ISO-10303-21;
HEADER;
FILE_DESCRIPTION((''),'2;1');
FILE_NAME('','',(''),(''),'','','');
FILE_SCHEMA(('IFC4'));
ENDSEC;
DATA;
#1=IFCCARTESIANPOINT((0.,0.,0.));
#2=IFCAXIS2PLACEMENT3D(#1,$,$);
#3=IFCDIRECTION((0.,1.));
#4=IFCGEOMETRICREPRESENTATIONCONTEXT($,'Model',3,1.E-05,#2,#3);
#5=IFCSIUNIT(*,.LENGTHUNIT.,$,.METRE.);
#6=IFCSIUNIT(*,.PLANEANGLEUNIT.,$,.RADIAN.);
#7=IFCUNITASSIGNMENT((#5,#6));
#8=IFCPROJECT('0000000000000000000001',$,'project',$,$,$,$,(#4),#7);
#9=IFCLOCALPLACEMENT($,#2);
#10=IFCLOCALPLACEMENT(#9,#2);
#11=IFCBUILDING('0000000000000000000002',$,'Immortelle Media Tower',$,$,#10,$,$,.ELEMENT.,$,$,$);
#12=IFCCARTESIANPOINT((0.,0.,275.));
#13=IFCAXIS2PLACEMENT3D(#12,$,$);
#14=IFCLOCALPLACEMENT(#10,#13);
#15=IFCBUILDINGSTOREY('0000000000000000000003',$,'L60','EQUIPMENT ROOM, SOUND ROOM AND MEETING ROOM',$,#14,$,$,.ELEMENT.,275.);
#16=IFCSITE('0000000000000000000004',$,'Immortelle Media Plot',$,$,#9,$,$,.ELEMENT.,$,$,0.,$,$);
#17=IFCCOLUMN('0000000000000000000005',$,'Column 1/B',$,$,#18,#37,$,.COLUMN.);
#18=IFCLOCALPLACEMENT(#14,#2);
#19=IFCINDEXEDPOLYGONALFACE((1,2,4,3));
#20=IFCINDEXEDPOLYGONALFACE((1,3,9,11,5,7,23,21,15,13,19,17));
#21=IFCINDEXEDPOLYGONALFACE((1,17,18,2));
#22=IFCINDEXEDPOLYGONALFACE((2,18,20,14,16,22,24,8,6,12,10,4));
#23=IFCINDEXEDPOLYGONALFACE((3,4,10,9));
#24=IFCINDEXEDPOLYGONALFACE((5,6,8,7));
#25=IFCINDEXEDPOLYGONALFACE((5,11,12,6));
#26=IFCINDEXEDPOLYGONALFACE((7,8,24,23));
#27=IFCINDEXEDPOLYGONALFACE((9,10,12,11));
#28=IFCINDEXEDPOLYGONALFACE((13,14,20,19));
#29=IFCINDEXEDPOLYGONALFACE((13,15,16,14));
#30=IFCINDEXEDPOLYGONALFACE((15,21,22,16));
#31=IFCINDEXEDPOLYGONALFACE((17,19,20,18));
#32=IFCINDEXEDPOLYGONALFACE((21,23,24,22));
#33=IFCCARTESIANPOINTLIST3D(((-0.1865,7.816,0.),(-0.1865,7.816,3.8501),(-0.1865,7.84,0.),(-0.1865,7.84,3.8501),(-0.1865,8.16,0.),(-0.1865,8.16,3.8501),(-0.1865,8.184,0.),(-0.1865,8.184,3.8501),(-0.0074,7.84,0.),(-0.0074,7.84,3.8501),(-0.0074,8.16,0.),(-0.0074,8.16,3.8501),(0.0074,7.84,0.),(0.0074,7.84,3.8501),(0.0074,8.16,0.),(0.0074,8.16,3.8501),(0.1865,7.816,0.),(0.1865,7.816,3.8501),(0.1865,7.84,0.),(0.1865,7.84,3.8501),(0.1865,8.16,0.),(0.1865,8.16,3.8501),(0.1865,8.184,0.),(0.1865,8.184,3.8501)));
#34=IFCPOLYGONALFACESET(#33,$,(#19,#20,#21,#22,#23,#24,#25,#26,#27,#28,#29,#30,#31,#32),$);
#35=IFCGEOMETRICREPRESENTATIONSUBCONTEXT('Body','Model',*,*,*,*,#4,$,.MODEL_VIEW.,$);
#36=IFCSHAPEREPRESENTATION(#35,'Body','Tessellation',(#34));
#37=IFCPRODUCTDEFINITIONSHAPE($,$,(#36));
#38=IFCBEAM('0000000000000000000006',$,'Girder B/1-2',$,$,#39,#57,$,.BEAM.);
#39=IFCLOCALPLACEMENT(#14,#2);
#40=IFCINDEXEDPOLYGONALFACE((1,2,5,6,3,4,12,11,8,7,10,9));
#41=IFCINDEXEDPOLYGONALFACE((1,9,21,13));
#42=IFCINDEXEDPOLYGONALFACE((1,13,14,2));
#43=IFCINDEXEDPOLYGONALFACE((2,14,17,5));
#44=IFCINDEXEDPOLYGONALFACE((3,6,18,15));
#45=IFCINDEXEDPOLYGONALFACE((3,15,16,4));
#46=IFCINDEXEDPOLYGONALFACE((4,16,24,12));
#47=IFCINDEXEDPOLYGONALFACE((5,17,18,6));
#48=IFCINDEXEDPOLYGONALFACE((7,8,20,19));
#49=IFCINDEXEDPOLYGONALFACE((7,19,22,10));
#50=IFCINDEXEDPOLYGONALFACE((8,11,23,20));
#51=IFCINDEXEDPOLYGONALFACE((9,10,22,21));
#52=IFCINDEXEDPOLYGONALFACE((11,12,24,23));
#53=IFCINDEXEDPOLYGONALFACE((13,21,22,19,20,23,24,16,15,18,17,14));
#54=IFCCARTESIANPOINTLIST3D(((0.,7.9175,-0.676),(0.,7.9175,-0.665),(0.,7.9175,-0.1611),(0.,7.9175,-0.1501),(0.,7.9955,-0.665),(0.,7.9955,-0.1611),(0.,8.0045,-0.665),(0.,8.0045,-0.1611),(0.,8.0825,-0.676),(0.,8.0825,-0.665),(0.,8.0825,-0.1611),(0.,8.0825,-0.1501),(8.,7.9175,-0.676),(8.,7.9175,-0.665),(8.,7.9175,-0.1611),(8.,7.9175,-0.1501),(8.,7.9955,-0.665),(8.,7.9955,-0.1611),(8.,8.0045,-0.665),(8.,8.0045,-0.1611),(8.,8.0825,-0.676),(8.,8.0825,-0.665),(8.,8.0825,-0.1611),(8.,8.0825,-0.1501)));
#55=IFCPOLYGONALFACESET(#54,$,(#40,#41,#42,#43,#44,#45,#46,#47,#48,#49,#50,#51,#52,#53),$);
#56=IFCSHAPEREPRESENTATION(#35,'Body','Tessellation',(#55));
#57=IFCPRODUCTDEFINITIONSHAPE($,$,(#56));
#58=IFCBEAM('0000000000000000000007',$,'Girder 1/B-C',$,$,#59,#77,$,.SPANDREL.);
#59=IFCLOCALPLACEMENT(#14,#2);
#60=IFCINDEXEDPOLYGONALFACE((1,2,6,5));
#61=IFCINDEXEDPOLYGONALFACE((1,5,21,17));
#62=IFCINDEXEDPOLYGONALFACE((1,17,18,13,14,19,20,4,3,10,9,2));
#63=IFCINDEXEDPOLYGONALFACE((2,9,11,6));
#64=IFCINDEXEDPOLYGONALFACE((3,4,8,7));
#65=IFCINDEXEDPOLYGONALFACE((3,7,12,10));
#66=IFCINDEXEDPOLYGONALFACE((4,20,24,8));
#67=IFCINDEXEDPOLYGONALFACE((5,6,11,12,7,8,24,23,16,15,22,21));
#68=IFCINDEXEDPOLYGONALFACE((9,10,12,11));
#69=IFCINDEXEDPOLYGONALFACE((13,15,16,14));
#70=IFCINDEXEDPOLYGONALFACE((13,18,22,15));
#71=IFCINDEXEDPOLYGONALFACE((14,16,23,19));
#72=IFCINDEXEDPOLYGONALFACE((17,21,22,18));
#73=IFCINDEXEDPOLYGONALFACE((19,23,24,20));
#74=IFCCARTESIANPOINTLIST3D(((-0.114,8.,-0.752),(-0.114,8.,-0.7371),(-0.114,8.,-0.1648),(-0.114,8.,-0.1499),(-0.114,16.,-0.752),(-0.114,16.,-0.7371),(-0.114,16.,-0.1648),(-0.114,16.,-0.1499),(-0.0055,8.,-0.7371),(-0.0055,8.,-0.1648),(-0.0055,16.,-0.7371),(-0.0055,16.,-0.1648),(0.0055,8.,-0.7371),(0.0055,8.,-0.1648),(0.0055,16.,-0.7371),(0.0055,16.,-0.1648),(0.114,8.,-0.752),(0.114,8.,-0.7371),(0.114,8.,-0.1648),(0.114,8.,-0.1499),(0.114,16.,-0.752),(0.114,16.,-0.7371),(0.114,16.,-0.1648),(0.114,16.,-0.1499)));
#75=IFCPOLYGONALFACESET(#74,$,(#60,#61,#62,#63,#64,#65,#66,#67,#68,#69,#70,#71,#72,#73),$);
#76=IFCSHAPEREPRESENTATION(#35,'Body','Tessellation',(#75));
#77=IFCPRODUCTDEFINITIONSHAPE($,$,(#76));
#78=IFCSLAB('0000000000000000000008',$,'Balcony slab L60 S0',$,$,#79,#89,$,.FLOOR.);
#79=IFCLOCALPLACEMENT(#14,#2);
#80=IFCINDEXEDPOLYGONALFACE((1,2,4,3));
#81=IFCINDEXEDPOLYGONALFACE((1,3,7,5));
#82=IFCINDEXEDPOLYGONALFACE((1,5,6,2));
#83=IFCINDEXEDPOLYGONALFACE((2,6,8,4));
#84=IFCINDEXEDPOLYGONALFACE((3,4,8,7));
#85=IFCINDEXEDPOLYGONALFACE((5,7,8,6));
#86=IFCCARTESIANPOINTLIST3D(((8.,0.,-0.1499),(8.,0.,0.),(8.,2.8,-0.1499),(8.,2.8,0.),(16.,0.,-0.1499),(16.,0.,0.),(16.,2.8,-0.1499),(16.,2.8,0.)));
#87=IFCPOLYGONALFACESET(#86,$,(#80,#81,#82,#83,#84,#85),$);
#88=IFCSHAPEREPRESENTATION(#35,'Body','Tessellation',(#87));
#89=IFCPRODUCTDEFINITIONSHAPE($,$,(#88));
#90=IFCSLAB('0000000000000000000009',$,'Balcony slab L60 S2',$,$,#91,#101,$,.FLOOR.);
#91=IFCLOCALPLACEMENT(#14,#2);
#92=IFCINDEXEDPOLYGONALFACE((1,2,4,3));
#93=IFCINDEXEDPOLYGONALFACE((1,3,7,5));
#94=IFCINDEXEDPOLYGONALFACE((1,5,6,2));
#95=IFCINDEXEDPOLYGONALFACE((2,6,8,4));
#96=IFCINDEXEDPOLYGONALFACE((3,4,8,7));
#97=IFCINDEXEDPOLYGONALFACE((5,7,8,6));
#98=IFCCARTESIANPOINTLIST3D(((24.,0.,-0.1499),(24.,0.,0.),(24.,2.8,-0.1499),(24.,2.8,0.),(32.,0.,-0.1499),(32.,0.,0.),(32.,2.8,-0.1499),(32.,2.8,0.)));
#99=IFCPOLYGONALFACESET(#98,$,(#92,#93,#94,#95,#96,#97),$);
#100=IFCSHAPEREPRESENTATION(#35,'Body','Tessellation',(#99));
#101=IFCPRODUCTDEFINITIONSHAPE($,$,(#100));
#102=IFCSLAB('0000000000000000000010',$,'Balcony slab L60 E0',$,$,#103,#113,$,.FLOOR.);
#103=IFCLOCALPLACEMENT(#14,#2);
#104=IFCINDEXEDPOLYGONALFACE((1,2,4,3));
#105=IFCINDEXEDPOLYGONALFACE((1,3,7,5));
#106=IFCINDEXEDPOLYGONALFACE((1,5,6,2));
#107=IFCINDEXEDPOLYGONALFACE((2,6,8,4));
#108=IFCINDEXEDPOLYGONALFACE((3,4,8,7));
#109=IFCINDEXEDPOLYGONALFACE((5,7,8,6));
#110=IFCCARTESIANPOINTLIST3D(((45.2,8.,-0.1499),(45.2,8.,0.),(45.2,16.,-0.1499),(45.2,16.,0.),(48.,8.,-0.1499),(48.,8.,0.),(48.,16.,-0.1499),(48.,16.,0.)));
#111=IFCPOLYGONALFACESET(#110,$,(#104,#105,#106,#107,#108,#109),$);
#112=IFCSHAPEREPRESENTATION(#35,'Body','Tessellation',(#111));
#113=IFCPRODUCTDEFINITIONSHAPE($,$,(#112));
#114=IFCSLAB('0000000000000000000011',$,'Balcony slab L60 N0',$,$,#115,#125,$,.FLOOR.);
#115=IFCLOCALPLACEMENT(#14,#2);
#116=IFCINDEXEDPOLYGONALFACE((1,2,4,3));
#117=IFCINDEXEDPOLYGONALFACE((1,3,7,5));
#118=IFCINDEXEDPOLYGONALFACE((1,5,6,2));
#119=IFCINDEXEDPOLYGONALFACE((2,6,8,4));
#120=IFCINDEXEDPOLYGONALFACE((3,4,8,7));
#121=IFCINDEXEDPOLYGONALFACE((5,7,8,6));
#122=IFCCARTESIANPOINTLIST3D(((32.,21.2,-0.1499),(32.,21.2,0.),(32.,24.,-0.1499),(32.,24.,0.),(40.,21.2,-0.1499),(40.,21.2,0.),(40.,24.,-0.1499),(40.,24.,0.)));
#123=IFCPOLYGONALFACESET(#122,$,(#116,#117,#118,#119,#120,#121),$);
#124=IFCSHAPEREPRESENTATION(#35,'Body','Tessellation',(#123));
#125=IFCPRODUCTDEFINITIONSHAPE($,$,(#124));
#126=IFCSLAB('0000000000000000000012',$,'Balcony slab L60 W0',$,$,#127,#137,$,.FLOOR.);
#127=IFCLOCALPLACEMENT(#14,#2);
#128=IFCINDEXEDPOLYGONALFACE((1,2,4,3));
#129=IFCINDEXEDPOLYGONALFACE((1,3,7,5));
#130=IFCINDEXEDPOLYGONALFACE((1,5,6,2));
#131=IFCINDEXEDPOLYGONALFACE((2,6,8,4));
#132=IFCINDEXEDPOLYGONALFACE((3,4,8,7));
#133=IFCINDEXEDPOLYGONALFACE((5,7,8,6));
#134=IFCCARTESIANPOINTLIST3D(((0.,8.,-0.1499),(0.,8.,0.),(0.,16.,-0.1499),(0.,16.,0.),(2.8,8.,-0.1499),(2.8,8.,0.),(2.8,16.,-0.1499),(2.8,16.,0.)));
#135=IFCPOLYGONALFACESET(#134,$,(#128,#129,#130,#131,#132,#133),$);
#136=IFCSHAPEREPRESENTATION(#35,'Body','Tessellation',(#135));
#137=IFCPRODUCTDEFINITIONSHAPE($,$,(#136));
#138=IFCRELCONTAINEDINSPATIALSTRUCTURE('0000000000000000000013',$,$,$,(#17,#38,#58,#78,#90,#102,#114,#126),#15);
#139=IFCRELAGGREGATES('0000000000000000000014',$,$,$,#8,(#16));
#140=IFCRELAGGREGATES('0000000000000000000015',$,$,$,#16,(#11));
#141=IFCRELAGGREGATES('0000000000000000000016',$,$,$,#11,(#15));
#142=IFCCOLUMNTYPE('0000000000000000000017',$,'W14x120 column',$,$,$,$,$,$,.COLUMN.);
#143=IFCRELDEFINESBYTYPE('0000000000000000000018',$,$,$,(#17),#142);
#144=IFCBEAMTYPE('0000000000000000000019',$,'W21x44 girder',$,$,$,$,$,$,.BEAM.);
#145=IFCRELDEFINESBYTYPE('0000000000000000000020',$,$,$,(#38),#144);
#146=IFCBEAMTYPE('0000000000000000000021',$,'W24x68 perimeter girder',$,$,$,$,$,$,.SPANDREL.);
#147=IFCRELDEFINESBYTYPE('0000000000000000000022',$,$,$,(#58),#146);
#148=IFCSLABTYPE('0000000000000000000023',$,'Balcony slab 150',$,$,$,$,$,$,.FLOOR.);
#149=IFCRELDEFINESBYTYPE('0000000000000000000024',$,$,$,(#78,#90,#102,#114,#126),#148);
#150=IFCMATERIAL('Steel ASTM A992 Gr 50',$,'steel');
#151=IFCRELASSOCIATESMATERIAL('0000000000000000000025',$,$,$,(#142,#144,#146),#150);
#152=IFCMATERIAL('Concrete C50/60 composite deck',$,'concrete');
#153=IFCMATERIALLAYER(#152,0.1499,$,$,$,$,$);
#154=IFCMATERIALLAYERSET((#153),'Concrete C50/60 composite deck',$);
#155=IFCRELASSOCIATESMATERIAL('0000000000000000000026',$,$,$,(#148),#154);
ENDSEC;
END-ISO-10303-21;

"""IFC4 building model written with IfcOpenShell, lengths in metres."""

from ifc_helpers import new_model, si_unit, direction, frame, origin, origin_2d, place, context, subcontext, project, spatial, polyline, i_section, outline, extrude, material, layer, layer_set, material_profile, profile_set, type_object, element, save


model = new_model("IFC4")

# Units and contexts
model_context = context("Model", 3, precision=1e-05, world=origin(), true_north=direction((0.0, 1.0)))
body_context = subcontext(model_context, "Body", "Model", "MODEL_VIEW")
ifc_project = project(units=[si_unit("LENGTHUNIT", "METRE"), si_unit("PLANEANGLEUNIT", "RADIAN")], contexts=[model_context])

# Site, building, storey
site_placement = place(None, origin())
site = spatial("IfcSite", under=ifc_project, at=site_placement, Name="Immortelle Media Plot", CompositionType="ELEMENT", RefElevation=0.0)
building_placement = place(site_placement, origin())
building = spatial("IfcBuilding", under=site, at=building_placement, Name="Immortelle Media Tower", CompositionType="ELEMENT")
storey_placement = place(building_placement, frame((0.0, 0.0, 275.0)))
storey = spatial("IfcBuildingStorey", under=building, at=storey_placement, Name="L60", Description="EQUIPMENT ROOM, SOUND ROOM AND MEETING ROOM", CompositionType="ELEMENT", Elevation=275.0)

# Column
ifc_material_1 = material(Name="Steel ASTM A992 Gr 50", Category="steel")
ifc_material_profile_1 = material_profile(ifc_material_1, i_section(OverallWidth=0.373, OverallDepth=0.3679, WebThickness=0.0149, FlangeThickness=0.0239, at=origin_2d()), Name="W14x120")
ifc_profile_set_1 = profile_set([ifc_material_profile_1], Name="Steel ASTM A992 Gr 50")
column_type = type_object("IfcColumnType", Name="W14x120 column", PredefinedType="COLUMN", material=ifc_profile_set_1)
column_placement = place(storey_placement, frame((0.0, 8.0, 0.0), z_axis=(0.0, 0.0, 1.0), x_axis=(1.0, 0.0, 0.0)))
element("IfcColumn", 1, at=column_placement, inside=storey, type_object=column_type, Name="Column 1/B", PredefinedType="COLUMN", context=body_context, shape_type="SweptSolid", body=[
    extrude(i_section(OverallWidth=0.373, OverallDepth=0.3679, WebThickness=0.0149, FlangeThickness=0.0239, at=origin_2d()), origin(), (0.0, 0.0, 1.0), 3.8501),
])

# Beams
ifc_material_profile_2 = material_profile(ifc_material_1, i_section(OverallWidth=0.165, OverallDepth=0.5259, WebThickness=0.009, FlangeThickness=0.011, at=origin_2d()), Name="W21x44")
ifc_profile_set_2 = profile_set([ifc_material_profile_2], Name="Steel ASTM A992 Gr 50")
beam_type_1 = type_object("IfcBeamType", Name="W21x44 girder", PredefinedType="BEAM", material=ifc_profile_set_2)
beam_1_placement = place(storey_placement, frame((0.0, 8.0, -0.4131), z_axis=(1.0, 0.0, 0.0), x_axis=(0.0, 1.0, 0.0)))
element("IfcBeam", 2, at=beam_1_placement, inside=storey, type_object=beam_type_1, Name="Girder B/1-2", PredefinedType="BEAM", context=body_context, shape_type="SweptSolid", body=[
    extrude(i_section(OverallWidth=0.165, OverallDepth=0.5259, WebThickness=0.009, FlangeThickness=0.011, at=origin_2d()), origin(), (0.0, 0.0, 1.0), 8.0),
])
ifc_material_profile_3 = material_profile(ifc_material_1, i_section(OverallWidth=0.228, OverallDepth=0.6021, WebThickness=0.011, FlangeThickness=0.0149, at=origin_2d()), Name="W24x68")
ifc_profile_set_3 = profile_set([ifc_material_profile_3], Name="Steel ASTM A992 Gr 50")
beam_type_2 = type_object("IfcBeamType", Name="W24x68 perimeter girder", PredefinedType="SPANDREL", material=ifc_profile_set_3)
beam_2_placement = place(storey_placement, frame((0.0, 8.0, -0.4509), z_axis=(0.0, 1.0, 0.0), x_axis=(-1.0, 0.0, 0.0)))
element("IfcBeam", 3, at=beam_2_placement, inside=storey, type_object=beam_type_2, Name="Girder 1/B-C", PredefinedType="SPANDREL", context=body_context, shape_type="SweptSolid", body=[
    extrude(i_section(OverallWidth=0.228, OverallDepth=0.6021, WebThickness=0.011, FlangeThickness=0.0149, at=origin_2d()), origin(), (0.0, 0.0, 1.0), 8.0),
])

# Slabs
ifc_material_2 = material(Name="Concrete C50/60 composite deck", Category="concrete")
ifc_layer_1 = layer(ifc_material_2, 0.1499)
ifc_layer_set_1 = layer_set([ifc_layer_1], Name="Concrete C50/60 composite deck")
slab_type_1 = type_object("IfcSlabType", Name="Balcony slab 150", PredefinedType="FLOOR", material=ifc_layer_set_1)
slab_1_placement = place(storey_placement, frame((0.0, 0.0, -0.1499)))
element("IfcSlab", 4, at=slab_1_placement, inside=storey, type_object=slab_type_1, Name="Balcony slab L60 S0", PredefinedType="FLOOR", context=body_context, shape_type="SweptSolid", body=[
    extrude(outline(polyline([(16.0, 0.0), (16.0, 2.8), (8.0, 2.8), (8.0, 0.0), (16.0, 0.0)])), origin(), (0.0, 0.0, 1.0), 0.1499),
])
slab_2_placement = place(storey_placement, frame((0.0, 0.0, -0.1499)))
element("IfcSlab", 5, at=slab_2_placement, inside=storey, type_object=slab_type_1, Name="Balcony slab L60 S2", PredefinedType="FLOOR", context=body_context, shape_type="SweptSolid", body=[
    extrude(outline(polyline([(32.0, 0.0), (32.0, 2.8), (24.0, 2.8), (24.0, 0.0), (32.0, 0.0)])), origin(), (0.0, 0.0, 1.0), 0.1499),
])
slab_3_placement = place(storey_placement, frame((0.0, 0.0, -0.1499)))
element("IfcSlab", 6, at=slab_3_placement, inside=storey, type_object=slab_type_1, Name="Balcony slab L60 E0", PredefinedType="FLOOR", context=body_context, shape_type="SweptSolid", body=[
    extrude(outline(polyline([(48.0, 8.0), (48.0, 16.0), (45.2, 16.0), (45.2, 8.0), (48.0, 8.0)])), origin(), (0.0, 0.0, 1.0), 0.1499),
])
slab_4_placement = place(storey_placement, frame((0.0, 0.0, -0.1499)))
element("IfcSlab", 7, at=slab_4_placement, inside=storey, type_object=slab_type_1, Name="Balcony slab L60 N0", PredefinedType="FLOOR", context=body_context, shape_type="SweptSolid", body=[
    extrude(outline(polyline([(40.0, 21.2), (40.0, 24.0), (32.0, 24.0), (32.0, 21.2), (40.0, 21.2)])), origin(), (0.0, 0.0, 1.0), 0.1499),
])
slab_5_placement = place(storey_placement, frame((0.0, 0.0, -0.1499)))
element("IfcSlab", 8, at=slab_5_placement, inside=storey, type_object=slab_type_1, Name="Balcony slab L60 W0", PredefinedType="FLOOR", context=body_context, shape_type="SweptSolid", body=[
    extrude(outline(polyline([(2.8, 8.0), (2.8, 16.0), (0.0, 16.0), (0.0, 8.0), (2.8, 8.0)])), origin(), (0.0, 0.0, 1.0), 0.1499),
])

save(model, "model.ifc")
